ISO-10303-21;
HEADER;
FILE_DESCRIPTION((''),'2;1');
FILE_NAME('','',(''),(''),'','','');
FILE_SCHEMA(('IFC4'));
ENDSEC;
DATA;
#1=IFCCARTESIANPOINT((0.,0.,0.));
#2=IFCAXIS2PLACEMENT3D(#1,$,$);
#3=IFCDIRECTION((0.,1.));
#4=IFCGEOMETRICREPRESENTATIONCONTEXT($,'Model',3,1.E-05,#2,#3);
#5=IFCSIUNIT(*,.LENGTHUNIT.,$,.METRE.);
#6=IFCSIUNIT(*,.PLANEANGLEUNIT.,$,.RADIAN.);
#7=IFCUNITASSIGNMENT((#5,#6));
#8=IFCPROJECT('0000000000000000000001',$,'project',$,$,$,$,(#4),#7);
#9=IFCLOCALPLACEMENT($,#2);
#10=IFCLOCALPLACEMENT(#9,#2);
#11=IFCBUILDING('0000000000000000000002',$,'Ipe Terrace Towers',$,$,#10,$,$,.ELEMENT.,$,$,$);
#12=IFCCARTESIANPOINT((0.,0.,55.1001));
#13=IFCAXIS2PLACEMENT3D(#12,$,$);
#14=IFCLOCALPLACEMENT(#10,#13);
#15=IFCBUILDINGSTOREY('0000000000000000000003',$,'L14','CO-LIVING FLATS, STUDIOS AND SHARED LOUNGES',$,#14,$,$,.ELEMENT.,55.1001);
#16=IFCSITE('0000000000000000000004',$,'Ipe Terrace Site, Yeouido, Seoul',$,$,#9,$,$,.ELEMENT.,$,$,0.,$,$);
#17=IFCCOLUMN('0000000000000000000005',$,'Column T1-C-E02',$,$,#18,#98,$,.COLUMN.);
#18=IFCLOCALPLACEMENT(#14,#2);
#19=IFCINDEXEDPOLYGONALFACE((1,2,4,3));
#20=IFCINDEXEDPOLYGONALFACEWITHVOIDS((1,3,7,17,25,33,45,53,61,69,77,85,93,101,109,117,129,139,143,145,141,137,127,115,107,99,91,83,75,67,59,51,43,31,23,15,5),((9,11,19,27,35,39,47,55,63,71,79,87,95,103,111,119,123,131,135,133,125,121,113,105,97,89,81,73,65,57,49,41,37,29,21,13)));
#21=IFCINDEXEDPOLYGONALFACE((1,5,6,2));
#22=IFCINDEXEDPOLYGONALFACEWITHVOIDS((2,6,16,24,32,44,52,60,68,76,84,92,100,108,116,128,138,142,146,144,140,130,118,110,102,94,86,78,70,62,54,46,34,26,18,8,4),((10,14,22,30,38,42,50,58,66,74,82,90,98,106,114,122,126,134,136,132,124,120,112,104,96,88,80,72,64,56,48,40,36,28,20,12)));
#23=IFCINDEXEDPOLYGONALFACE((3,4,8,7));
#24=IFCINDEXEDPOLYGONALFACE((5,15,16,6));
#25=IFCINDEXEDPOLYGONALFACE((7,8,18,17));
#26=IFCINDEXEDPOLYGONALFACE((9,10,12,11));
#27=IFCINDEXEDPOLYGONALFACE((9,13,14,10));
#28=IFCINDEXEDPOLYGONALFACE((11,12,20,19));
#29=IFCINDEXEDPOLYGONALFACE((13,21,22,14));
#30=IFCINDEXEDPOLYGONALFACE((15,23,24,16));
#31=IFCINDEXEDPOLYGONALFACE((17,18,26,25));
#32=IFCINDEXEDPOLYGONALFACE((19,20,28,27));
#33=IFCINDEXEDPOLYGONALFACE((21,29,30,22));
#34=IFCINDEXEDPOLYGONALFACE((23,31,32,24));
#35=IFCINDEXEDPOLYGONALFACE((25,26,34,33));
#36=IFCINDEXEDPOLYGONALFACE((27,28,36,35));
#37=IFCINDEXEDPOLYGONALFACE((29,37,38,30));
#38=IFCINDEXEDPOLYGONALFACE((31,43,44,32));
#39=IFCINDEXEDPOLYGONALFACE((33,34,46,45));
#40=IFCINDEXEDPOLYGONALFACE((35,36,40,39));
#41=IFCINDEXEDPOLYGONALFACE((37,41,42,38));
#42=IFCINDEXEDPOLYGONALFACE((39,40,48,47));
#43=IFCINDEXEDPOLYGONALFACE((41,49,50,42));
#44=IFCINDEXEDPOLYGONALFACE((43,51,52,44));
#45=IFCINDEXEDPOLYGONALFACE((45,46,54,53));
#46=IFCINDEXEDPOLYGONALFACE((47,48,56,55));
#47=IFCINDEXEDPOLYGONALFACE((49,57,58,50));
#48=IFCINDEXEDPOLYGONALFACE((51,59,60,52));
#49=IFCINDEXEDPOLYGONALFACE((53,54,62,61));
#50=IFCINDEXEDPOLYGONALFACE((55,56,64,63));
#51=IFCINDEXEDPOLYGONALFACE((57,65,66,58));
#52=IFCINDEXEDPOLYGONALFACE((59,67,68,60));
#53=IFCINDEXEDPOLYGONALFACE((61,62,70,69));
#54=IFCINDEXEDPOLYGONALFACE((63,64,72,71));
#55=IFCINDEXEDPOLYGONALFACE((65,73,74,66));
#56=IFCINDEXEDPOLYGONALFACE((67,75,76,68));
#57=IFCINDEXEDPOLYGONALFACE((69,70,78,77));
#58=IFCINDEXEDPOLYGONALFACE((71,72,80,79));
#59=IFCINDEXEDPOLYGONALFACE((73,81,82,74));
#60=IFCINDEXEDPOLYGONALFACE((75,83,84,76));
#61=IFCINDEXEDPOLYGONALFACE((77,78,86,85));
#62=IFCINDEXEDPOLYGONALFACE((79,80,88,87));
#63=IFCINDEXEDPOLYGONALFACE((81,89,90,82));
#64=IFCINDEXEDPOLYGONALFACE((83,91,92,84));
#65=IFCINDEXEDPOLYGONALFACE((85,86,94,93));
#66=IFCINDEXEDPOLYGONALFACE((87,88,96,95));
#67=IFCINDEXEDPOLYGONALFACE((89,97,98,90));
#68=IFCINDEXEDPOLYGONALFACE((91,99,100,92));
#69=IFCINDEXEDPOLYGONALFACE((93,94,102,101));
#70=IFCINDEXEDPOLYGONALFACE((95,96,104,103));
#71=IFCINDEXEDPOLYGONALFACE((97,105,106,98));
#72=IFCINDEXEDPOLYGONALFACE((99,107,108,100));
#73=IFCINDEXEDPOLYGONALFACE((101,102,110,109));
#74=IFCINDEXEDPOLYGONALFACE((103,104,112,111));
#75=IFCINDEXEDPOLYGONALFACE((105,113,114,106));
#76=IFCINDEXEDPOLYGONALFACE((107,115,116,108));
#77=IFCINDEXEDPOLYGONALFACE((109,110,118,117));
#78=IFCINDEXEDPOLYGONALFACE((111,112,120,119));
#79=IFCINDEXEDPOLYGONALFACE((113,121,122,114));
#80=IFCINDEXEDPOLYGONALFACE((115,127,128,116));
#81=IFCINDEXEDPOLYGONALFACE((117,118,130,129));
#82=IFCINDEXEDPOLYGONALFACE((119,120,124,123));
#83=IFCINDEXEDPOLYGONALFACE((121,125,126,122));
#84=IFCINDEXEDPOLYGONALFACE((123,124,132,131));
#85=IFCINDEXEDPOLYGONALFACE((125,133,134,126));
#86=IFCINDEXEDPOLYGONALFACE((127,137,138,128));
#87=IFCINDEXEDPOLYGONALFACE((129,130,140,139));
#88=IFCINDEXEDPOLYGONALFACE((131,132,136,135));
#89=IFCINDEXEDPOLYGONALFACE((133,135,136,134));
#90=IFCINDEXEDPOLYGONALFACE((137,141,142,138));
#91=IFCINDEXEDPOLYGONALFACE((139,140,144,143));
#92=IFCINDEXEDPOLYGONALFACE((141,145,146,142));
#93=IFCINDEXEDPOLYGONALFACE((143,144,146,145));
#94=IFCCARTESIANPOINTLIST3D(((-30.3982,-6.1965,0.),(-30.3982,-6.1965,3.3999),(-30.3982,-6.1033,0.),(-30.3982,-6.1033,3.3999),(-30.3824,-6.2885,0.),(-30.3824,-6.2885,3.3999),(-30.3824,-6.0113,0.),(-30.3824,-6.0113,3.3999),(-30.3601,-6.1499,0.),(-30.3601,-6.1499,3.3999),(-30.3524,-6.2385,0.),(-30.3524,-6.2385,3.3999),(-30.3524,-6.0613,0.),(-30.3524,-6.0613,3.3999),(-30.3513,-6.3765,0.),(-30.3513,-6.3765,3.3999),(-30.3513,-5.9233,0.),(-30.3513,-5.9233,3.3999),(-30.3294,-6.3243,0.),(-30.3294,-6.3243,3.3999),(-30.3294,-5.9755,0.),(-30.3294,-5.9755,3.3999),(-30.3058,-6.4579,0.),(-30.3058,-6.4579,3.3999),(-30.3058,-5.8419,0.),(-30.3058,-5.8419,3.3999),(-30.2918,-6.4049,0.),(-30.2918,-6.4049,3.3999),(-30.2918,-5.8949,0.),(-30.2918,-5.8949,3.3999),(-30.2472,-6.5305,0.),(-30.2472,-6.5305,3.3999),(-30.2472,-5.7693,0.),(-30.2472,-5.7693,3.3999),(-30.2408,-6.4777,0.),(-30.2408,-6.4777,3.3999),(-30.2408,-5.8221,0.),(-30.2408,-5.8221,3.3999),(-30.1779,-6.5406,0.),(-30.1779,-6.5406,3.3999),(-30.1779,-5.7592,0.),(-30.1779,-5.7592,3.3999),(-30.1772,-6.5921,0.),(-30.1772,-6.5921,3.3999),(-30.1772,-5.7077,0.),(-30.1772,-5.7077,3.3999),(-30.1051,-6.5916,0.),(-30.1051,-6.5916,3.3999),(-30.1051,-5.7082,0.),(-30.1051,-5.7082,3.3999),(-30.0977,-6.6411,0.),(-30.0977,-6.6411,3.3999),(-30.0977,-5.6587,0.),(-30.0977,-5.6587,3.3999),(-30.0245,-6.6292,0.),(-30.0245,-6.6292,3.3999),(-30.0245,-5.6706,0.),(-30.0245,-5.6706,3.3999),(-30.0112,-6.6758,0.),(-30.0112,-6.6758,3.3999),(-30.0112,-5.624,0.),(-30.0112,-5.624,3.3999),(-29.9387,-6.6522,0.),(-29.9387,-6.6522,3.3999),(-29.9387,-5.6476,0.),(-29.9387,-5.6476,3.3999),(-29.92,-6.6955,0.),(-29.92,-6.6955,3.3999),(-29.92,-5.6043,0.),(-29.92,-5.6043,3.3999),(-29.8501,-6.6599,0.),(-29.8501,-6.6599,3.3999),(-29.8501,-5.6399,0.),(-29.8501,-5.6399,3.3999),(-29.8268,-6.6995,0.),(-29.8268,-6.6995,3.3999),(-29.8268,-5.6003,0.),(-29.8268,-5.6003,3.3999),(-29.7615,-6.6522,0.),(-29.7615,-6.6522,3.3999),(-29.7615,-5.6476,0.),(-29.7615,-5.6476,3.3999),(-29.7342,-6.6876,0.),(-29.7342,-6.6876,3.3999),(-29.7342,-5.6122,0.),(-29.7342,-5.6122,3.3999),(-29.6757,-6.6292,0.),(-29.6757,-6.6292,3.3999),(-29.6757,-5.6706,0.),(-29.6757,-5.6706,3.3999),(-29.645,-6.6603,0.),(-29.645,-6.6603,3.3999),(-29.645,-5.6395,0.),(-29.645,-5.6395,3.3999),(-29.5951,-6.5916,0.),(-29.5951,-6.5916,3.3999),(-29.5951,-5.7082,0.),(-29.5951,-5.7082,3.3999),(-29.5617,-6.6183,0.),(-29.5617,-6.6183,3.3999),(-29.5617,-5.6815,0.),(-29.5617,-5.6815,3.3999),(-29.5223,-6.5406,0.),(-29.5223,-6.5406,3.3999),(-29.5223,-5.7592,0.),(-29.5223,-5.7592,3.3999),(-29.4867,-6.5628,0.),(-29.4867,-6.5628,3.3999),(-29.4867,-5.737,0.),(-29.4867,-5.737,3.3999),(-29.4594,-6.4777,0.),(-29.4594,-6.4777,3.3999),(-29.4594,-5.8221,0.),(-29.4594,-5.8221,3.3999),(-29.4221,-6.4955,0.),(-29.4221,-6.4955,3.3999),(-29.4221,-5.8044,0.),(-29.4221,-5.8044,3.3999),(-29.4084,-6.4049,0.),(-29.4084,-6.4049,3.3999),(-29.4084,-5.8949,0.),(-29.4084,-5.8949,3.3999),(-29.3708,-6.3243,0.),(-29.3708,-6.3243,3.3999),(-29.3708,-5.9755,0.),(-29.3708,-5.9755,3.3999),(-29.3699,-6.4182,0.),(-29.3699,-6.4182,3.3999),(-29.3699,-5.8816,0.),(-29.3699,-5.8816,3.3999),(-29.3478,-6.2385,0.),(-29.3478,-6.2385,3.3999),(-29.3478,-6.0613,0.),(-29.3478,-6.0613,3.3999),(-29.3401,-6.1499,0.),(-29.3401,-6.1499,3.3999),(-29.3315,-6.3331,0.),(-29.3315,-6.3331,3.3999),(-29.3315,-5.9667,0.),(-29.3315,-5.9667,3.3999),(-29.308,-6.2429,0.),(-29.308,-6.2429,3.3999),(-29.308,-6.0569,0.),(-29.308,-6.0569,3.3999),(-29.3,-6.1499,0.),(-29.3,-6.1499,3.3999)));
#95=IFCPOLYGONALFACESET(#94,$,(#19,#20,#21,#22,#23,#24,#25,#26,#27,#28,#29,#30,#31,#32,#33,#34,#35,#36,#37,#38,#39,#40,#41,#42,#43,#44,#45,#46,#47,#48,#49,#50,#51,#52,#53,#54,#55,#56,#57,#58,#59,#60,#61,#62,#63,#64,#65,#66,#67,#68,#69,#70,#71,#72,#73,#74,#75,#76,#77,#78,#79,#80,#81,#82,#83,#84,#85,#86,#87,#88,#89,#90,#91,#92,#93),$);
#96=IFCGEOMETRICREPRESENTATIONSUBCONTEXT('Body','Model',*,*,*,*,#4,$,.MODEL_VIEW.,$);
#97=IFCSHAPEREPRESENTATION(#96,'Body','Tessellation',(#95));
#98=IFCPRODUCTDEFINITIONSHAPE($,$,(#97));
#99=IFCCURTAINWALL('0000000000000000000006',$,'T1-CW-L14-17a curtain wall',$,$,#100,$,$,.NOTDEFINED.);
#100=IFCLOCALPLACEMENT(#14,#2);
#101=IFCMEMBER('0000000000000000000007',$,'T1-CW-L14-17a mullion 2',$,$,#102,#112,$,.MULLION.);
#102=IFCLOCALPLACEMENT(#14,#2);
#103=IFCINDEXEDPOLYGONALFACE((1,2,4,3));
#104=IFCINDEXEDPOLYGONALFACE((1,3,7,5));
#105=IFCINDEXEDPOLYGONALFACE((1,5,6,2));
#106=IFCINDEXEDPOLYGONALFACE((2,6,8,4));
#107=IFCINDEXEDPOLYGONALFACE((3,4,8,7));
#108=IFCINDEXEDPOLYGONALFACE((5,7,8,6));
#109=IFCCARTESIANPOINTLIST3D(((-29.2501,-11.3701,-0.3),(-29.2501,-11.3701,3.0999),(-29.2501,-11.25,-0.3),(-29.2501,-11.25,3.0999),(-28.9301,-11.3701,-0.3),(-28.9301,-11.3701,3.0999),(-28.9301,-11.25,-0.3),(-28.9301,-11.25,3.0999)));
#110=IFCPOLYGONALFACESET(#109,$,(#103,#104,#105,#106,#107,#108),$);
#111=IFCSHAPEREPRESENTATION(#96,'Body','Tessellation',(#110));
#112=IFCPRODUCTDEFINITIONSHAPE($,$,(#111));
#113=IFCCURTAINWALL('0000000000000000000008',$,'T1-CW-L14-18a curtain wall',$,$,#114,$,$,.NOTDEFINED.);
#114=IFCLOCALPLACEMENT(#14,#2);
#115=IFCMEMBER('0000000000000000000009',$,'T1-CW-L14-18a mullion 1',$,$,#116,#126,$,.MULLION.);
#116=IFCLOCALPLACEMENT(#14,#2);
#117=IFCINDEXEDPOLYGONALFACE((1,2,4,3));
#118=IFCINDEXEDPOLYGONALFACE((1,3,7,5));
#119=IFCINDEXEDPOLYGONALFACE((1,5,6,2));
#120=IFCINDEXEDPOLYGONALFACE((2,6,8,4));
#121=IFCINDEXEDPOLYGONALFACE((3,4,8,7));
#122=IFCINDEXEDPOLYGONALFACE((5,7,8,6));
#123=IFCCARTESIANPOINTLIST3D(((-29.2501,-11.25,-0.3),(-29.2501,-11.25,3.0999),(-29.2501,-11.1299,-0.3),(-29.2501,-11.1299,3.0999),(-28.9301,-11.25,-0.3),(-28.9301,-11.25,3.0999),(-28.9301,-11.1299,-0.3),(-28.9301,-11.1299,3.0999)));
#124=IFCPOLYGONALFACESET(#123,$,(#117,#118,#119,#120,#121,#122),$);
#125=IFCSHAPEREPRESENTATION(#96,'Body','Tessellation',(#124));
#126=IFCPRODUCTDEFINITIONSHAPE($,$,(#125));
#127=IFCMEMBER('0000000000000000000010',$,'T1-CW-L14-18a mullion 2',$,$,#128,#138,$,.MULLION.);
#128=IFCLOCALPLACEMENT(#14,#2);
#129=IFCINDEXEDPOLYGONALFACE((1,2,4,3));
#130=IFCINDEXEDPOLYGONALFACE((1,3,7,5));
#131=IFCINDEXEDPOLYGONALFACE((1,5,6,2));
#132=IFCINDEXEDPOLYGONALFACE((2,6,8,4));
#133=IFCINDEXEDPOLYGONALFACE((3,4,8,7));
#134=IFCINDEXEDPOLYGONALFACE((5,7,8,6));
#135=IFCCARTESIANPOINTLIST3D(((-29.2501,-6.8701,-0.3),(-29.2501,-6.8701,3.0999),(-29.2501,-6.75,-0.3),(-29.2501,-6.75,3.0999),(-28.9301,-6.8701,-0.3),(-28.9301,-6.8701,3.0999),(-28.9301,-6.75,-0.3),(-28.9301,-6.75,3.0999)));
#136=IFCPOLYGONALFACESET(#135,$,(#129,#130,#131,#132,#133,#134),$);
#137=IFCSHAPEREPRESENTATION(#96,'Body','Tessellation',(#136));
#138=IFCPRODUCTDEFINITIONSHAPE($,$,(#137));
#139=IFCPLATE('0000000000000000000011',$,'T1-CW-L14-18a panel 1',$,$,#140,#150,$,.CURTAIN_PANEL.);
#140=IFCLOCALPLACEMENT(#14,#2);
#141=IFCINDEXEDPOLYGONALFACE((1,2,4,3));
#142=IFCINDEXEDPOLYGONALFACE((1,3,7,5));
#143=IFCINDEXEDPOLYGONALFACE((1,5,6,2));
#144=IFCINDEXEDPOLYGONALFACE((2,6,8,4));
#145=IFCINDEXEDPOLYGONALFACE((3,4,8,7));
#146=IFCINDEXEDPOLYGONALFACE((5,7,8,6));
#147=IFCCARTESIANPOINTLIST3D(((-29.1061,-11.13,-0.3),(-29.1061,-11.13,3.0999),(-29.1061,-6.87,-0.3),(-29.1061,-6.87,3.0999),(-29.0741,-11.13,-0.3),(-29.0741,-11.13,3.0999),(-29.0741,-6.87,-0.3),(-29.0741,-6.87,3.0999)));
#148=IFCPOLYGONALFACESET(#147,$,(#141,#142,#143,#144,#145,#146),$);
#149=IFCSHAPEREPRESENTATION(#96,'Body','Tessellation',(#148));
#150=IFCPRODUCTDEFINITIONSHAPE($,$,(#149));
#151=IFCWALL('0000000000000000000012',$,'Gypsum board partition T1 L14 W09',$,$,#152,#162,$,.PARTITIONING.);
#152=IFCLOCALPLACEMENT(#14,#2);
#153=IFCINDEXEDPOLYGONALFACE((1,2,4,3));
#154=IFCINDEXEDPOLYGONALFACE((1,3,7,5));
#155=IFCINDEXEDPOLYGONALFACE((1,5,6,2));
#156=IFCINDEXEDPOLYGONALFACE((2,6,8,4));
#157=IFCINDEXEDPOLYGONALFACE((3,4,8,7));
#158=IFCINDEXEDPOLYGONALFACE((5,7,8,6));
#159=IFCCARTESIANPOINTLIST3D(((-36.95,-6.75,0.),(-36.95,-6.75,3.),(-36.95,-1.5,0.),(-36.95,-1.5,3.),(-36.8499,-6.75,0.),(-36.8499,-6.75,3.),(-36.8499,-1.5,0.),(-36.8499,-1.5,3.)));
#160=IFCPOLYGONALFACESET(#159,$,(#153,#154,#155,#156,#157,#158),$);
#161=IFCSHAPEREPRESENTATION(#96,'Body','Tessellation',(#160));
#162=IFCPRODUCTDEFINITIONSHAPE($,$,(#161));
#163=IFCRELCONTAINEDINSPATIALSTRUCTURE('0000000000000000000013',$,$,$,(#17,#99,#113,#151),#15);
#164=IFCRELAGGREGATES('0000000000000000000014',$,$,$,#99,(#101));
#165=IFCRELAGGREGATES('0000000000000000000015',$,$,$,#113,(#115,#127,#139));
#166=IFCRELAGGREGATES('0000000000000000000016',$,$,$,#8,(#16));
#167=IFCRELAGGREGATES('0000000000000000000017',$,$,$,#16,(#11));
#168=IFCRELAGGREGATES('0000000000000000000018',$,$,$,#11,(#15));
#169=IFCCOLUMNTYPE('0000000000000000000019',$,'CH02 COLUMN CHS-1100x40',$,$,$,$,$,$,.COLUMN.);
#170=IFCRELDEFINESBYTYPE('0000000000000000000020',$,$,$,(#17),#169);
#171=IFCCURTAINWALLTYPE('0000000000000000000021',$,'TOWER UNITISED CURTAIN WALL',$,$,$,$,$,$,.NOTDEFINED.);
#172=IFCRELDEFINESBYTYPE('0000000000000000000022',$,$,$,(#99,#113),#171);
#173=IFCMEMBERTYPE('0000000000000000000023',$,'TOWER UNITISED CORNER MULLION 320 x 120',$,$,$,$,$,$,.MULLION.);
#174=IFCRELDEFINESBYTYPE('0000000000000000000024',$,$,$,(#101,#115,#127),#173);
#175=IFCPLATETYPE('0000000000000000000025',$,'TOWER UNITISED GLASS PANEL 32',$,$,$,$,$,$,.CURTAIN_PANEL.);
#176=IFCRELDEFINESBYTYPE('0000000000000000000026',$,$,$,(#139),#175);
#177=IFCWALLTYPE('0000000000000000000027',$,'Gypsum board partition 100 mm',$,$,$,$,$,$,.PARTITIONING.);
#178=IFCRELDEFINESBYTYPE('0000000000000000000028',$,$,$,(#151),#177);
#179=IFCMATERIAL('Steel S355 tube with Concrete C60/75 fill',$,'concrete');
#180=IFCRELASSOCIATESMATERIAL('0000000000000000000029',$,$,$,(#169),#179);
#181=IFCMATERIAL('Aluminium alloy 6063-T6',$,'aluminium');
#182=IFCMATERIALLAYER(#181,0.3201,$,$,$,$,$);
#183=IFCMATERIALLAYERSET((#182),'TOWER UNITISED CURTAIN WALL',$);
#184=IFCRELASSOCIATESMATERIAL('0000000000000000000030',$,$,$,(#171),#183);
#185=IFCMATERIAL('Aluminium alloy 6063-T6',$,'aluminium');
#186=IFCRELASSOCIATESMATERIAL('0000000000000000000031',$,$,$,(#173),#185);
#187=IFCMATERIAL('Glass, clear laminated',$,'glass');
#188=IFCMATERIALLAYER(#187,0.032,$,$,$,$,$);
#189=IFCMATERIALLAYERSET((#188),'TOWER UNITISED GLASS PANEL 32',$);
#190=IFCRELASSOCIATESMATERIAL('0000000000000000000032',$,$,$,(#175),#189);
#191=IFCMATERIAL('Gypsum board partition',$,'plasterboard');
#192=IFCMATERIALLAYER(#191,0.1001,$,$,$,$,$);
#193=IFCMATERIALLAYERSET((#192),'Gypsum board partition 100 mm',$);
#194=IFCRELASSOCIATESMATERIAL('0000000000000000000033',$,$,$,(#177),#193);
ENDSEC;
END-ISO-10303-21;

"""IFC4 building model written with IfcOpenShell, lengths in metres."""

from ifc_helpers import new_model, si_unit, direction, frame, frame_2d, origin, origin_2d, place, context, subcontext, project, spatial, rectangle, hollow_circle, extrude, material, layer, layer_set, material_profile, profile_set, type_object, element, aggregate, save


model = new_model("IFC4")

# Units and contexts
model_context = context("Model", 3, precision=1e-05, world=origin(), true_north=direction((0.0, 1.0)))
body_context = subcontext(model_context, "Body", "Model", "MODEL_VIEW")
ifc_project = project(units=[si_unit("LENGTHUNIT", "METRE"), si_unit("PLANEANGLEUNIT", "RADIAN")], contexts=[model_context])

# Site, building, storey
site_placement = place(None, origin())
site = spatial("IfcSite", under=ifc_project, at=site_placement, Name="Ipe Terrace Site, Yeouido, Seoul", CompositionType="ELEMENT", RefElevation=0.0)
building_placement = place(site_placement, origin())
building = spatial("IfcBuilding", under=site, at=building_placement, Name="Ipe Terrace Towers", CompositionType="ELEMENT")
storey_placement = place(building_placement, frame((0.0, 0.0, 55.1001)))
storey = spatial("IfcBuildingStorey", under=building, at=storey_placement, Name="L14", Description="CO-LIVING FLATS, STUDIOS AND SHARED LOUNGES", CompositionType="ELEMENT", Elevation=55.1001)

# Column
ifc_material_1 = material(Name="Steel S355 tube with Concrete C60/75 fill", Category="concrete")
ifc_material_profile_1 = material_profile(ifc_material_1, hollow_circle(Radius=0.55, WallThickness=0.04, at=origin_2d()), Name="CHS-1100x40")
ifc_profile_set_1 = profile_set([ifc_material_profile_1], Name="Steel S355 tube with Concrete C60/75 fill")
column_type = type_object("IfcColumnType", Name="CH02 COLUMN CHS-1100x40", PredefinedType="COLUMN", material=ifc_profile_set_1)
column_placement = place(storey_placement, frame((-29.8501, -6.1499, 0.0), z_axis=(0.0, 0.0, 1.0), x_axis=(1.0, 0.0, 0.0)))
element("IfcColumn", 1, at=column_placement, inside=storey, type_object=column_type, Name="Column T1-C-E02", PredefinedType="COLUMN", context=body_context, shape_type="SweptSolid", body=[
    extrude(hollow_circle(Radius=0.55, WallThickness=0.04, at=origin_2d()), origin(), (0.0, 0.0, 1.0), 3.3999),
])

# Curtain wall, member
ifc_material_2 = material(Name="Aluminium alloy 6063-T6", Category="aluminium")
ifc_layer_1 = layer(ifc_material_2, 0.3201)
ifc_layer_set_1 = layer_set([ifc_layer_1], Name="TOWER UNITISED CURTAIN WALL")
curtain_wall_type = type_object("IfcCurtainWallType", Name="TOWER UNITISED CURTAIN WALL", PredefinedType="NOTDEFINED", material=ifc_layer_set_1)
curtain_wall_1_placement = place(storey_placement, origin())
curtain_wall_1 = element("IfcCurtainWall", 2, at=curtain_wall_1_placement, inside=storey, type_object=curtain_wall_type, Name="T1-CW-L14-17a curtain wall", PredefinedType="NOTDEFINED")
ifc_material_3 = material(Name="Aluminium alloy 6063-T6", Category="aluminium")
ifc_material_profile_2 = material_profile(ifc_material_3, rectangle(XDim=0.3201, YDim=0.1201, at=origin_2d()), Name="TOWER UNITISED CORNER MULLION 320 x 120")
ifc_profile_set_2 = profile_set([ifc_material_profile_2], Name="Aluminium alloy 6063-T6")
member_type = type_object("IfcMemberType", Name="TOWER UNITISED CORNER MULLION 320 x 120", PredefinedType="MULLION", material=ifc_profile_set_2)
member_1_placement = place(storey_placement, frame((-29.0901, -11.3101, -0.3), z_axis=(0.0, 0.0, 1.0), x_axis=(1.0, 0.0, 0.0)))
member_1 = element("IfcMember", 3, at=member_1_placement, type_object=member_type, Name="T1-CW-L14-17a mullion 2", PredefinedType="MULLION", context=body_context, shape_type="SweptSolid", body=[
    extrude(rectangle(XDim=0.3201, YDim=0.1201, at=origin_2d()), origin(), (0.0, 0.0, 1.0), 3.3999),
])
aggregate(curtain_wall_1, [member_1])

# Curtain wall, members, plate
curtain_wall_2_placement = place(storey_placement, origin())
curtain_wall_2 = element("IfcCurtainWall", 4, at=curtain_wall_2_placement, inside=storey, type_object=curtain_wall_type, Name="T1-CW-L14-18a curtain wall", PredefinedType="NOTDEFINED")
member_2_placement = place(storey_placement, frame((-29.0901, -11.1899, -0.3), z_axis=(0.0, 0.0, 1.0), x_axis=(1.0, 0.0, 0.0)))
member_2 = element("IfcMember", 5, at=member_2_placement, type_object=member_type, Name="T1-CW-L14-18a mullion 1", PredefinedType="MULLION", context=body_context, shape_type="SweptSolid", body=[
    extrude(rectangle(XDim=0.3201, YDim=0.1201, at=origin_2d()), origin(), (0.0, 0.0, 1.0), 3.3999),
])
member_3_placement = place(storey_placement, frame((-29.0901, -6.8101, -0.3), z_axis=(0.0, 0.0, 1.0), x_axis=(1.0, 0.0, 0.0)))
member_3 = element("IfcMember", 6, at=member_3_placement, type_object=member_type, Name="T1-CW-L14-18a mullion 2", PredefinedType="MULLION", context=body_context, shape_type="SweptSolid", body=[
    extrude(rectangle(XDim=0.3201, YDim=0.1201, at=origin_2d()), origin(), (0.0, 0.0, 1.0), 3.3999),
])
ifc_material_4 = material(Name="Glass, clear laminated", Category="glass")
ifc_layer_2 = layer(ifc_material_4, 0.032)
ifc_layer_set_2 = layer_set([ifc_layer_2], Name="TOWER UNITISED GLASS PANEL 32")
plate_type = type_object("IfcPlateType", Name="TOWER UNITISED GLASS PANEL 32", PredefinedType="CURTAIN_PANEL", material=ifc_layer_set_2)
plate_placement = place(storey_placement, frame((-29.0901, -9.0, -0.3), z_axis=(0.0, 0.0, 1.0), x_axis=(0.0, 1.0, 0.0)))
plate = element("IfcPlate", 7, at=plate_placement, type_object=plate_type, Name="T1-CW-L14-18a panel 1", PredefinedType="CURTAIN_PANEL", context=body_context, shape_type="SweptSolid", body=[
    extrude(rectangle(XDim=4.26, YDim=0.032, at=origin_2d()), origin(), (0.0, 0.0, 1.0), 3.3999),
])
aggregate(curtain_wall_2, [member_2, member_3, plate])

# Wall
ifc_material_5 = material(Name="Gypsum board partition", Category="plasterboard")
ifc_layer_3 = layer(ifc_material_5, 0.1001)
ifc_layer_set_3 = layer_set([ifc_layer_3], Name="Gypsum board partition 100 mm")
wall_type_1 = type_object("IfcWallType", Name="Gypsum board partition 100 mm", PredefinedType="PARTITIONING", material=ifc_layer_set_3)
wall_1_placement = place(storey_placement, frame((-36.8999, -6.75, 0.0), z_axis=(0.0, 0.0, 1.0), x_axis=(0.0, 1.0, 0.0)))
element("IfcWall", 8, at=wall_1_placement, inside=storey, type_object=wall_type_1, Name="Gypsum board partition T1 L14 W09", PredefinedType="PARTITIONING", context=body_context, shape_type="SweptSolid", body=[
    extrude(rectangle(XDim=5.25, YDim=0.1001, at=frame_2d((2.625, 0.0))), origin(), (0.0, 0.0, 1.0), 3.0),
])

save(model, "model.ifc")
